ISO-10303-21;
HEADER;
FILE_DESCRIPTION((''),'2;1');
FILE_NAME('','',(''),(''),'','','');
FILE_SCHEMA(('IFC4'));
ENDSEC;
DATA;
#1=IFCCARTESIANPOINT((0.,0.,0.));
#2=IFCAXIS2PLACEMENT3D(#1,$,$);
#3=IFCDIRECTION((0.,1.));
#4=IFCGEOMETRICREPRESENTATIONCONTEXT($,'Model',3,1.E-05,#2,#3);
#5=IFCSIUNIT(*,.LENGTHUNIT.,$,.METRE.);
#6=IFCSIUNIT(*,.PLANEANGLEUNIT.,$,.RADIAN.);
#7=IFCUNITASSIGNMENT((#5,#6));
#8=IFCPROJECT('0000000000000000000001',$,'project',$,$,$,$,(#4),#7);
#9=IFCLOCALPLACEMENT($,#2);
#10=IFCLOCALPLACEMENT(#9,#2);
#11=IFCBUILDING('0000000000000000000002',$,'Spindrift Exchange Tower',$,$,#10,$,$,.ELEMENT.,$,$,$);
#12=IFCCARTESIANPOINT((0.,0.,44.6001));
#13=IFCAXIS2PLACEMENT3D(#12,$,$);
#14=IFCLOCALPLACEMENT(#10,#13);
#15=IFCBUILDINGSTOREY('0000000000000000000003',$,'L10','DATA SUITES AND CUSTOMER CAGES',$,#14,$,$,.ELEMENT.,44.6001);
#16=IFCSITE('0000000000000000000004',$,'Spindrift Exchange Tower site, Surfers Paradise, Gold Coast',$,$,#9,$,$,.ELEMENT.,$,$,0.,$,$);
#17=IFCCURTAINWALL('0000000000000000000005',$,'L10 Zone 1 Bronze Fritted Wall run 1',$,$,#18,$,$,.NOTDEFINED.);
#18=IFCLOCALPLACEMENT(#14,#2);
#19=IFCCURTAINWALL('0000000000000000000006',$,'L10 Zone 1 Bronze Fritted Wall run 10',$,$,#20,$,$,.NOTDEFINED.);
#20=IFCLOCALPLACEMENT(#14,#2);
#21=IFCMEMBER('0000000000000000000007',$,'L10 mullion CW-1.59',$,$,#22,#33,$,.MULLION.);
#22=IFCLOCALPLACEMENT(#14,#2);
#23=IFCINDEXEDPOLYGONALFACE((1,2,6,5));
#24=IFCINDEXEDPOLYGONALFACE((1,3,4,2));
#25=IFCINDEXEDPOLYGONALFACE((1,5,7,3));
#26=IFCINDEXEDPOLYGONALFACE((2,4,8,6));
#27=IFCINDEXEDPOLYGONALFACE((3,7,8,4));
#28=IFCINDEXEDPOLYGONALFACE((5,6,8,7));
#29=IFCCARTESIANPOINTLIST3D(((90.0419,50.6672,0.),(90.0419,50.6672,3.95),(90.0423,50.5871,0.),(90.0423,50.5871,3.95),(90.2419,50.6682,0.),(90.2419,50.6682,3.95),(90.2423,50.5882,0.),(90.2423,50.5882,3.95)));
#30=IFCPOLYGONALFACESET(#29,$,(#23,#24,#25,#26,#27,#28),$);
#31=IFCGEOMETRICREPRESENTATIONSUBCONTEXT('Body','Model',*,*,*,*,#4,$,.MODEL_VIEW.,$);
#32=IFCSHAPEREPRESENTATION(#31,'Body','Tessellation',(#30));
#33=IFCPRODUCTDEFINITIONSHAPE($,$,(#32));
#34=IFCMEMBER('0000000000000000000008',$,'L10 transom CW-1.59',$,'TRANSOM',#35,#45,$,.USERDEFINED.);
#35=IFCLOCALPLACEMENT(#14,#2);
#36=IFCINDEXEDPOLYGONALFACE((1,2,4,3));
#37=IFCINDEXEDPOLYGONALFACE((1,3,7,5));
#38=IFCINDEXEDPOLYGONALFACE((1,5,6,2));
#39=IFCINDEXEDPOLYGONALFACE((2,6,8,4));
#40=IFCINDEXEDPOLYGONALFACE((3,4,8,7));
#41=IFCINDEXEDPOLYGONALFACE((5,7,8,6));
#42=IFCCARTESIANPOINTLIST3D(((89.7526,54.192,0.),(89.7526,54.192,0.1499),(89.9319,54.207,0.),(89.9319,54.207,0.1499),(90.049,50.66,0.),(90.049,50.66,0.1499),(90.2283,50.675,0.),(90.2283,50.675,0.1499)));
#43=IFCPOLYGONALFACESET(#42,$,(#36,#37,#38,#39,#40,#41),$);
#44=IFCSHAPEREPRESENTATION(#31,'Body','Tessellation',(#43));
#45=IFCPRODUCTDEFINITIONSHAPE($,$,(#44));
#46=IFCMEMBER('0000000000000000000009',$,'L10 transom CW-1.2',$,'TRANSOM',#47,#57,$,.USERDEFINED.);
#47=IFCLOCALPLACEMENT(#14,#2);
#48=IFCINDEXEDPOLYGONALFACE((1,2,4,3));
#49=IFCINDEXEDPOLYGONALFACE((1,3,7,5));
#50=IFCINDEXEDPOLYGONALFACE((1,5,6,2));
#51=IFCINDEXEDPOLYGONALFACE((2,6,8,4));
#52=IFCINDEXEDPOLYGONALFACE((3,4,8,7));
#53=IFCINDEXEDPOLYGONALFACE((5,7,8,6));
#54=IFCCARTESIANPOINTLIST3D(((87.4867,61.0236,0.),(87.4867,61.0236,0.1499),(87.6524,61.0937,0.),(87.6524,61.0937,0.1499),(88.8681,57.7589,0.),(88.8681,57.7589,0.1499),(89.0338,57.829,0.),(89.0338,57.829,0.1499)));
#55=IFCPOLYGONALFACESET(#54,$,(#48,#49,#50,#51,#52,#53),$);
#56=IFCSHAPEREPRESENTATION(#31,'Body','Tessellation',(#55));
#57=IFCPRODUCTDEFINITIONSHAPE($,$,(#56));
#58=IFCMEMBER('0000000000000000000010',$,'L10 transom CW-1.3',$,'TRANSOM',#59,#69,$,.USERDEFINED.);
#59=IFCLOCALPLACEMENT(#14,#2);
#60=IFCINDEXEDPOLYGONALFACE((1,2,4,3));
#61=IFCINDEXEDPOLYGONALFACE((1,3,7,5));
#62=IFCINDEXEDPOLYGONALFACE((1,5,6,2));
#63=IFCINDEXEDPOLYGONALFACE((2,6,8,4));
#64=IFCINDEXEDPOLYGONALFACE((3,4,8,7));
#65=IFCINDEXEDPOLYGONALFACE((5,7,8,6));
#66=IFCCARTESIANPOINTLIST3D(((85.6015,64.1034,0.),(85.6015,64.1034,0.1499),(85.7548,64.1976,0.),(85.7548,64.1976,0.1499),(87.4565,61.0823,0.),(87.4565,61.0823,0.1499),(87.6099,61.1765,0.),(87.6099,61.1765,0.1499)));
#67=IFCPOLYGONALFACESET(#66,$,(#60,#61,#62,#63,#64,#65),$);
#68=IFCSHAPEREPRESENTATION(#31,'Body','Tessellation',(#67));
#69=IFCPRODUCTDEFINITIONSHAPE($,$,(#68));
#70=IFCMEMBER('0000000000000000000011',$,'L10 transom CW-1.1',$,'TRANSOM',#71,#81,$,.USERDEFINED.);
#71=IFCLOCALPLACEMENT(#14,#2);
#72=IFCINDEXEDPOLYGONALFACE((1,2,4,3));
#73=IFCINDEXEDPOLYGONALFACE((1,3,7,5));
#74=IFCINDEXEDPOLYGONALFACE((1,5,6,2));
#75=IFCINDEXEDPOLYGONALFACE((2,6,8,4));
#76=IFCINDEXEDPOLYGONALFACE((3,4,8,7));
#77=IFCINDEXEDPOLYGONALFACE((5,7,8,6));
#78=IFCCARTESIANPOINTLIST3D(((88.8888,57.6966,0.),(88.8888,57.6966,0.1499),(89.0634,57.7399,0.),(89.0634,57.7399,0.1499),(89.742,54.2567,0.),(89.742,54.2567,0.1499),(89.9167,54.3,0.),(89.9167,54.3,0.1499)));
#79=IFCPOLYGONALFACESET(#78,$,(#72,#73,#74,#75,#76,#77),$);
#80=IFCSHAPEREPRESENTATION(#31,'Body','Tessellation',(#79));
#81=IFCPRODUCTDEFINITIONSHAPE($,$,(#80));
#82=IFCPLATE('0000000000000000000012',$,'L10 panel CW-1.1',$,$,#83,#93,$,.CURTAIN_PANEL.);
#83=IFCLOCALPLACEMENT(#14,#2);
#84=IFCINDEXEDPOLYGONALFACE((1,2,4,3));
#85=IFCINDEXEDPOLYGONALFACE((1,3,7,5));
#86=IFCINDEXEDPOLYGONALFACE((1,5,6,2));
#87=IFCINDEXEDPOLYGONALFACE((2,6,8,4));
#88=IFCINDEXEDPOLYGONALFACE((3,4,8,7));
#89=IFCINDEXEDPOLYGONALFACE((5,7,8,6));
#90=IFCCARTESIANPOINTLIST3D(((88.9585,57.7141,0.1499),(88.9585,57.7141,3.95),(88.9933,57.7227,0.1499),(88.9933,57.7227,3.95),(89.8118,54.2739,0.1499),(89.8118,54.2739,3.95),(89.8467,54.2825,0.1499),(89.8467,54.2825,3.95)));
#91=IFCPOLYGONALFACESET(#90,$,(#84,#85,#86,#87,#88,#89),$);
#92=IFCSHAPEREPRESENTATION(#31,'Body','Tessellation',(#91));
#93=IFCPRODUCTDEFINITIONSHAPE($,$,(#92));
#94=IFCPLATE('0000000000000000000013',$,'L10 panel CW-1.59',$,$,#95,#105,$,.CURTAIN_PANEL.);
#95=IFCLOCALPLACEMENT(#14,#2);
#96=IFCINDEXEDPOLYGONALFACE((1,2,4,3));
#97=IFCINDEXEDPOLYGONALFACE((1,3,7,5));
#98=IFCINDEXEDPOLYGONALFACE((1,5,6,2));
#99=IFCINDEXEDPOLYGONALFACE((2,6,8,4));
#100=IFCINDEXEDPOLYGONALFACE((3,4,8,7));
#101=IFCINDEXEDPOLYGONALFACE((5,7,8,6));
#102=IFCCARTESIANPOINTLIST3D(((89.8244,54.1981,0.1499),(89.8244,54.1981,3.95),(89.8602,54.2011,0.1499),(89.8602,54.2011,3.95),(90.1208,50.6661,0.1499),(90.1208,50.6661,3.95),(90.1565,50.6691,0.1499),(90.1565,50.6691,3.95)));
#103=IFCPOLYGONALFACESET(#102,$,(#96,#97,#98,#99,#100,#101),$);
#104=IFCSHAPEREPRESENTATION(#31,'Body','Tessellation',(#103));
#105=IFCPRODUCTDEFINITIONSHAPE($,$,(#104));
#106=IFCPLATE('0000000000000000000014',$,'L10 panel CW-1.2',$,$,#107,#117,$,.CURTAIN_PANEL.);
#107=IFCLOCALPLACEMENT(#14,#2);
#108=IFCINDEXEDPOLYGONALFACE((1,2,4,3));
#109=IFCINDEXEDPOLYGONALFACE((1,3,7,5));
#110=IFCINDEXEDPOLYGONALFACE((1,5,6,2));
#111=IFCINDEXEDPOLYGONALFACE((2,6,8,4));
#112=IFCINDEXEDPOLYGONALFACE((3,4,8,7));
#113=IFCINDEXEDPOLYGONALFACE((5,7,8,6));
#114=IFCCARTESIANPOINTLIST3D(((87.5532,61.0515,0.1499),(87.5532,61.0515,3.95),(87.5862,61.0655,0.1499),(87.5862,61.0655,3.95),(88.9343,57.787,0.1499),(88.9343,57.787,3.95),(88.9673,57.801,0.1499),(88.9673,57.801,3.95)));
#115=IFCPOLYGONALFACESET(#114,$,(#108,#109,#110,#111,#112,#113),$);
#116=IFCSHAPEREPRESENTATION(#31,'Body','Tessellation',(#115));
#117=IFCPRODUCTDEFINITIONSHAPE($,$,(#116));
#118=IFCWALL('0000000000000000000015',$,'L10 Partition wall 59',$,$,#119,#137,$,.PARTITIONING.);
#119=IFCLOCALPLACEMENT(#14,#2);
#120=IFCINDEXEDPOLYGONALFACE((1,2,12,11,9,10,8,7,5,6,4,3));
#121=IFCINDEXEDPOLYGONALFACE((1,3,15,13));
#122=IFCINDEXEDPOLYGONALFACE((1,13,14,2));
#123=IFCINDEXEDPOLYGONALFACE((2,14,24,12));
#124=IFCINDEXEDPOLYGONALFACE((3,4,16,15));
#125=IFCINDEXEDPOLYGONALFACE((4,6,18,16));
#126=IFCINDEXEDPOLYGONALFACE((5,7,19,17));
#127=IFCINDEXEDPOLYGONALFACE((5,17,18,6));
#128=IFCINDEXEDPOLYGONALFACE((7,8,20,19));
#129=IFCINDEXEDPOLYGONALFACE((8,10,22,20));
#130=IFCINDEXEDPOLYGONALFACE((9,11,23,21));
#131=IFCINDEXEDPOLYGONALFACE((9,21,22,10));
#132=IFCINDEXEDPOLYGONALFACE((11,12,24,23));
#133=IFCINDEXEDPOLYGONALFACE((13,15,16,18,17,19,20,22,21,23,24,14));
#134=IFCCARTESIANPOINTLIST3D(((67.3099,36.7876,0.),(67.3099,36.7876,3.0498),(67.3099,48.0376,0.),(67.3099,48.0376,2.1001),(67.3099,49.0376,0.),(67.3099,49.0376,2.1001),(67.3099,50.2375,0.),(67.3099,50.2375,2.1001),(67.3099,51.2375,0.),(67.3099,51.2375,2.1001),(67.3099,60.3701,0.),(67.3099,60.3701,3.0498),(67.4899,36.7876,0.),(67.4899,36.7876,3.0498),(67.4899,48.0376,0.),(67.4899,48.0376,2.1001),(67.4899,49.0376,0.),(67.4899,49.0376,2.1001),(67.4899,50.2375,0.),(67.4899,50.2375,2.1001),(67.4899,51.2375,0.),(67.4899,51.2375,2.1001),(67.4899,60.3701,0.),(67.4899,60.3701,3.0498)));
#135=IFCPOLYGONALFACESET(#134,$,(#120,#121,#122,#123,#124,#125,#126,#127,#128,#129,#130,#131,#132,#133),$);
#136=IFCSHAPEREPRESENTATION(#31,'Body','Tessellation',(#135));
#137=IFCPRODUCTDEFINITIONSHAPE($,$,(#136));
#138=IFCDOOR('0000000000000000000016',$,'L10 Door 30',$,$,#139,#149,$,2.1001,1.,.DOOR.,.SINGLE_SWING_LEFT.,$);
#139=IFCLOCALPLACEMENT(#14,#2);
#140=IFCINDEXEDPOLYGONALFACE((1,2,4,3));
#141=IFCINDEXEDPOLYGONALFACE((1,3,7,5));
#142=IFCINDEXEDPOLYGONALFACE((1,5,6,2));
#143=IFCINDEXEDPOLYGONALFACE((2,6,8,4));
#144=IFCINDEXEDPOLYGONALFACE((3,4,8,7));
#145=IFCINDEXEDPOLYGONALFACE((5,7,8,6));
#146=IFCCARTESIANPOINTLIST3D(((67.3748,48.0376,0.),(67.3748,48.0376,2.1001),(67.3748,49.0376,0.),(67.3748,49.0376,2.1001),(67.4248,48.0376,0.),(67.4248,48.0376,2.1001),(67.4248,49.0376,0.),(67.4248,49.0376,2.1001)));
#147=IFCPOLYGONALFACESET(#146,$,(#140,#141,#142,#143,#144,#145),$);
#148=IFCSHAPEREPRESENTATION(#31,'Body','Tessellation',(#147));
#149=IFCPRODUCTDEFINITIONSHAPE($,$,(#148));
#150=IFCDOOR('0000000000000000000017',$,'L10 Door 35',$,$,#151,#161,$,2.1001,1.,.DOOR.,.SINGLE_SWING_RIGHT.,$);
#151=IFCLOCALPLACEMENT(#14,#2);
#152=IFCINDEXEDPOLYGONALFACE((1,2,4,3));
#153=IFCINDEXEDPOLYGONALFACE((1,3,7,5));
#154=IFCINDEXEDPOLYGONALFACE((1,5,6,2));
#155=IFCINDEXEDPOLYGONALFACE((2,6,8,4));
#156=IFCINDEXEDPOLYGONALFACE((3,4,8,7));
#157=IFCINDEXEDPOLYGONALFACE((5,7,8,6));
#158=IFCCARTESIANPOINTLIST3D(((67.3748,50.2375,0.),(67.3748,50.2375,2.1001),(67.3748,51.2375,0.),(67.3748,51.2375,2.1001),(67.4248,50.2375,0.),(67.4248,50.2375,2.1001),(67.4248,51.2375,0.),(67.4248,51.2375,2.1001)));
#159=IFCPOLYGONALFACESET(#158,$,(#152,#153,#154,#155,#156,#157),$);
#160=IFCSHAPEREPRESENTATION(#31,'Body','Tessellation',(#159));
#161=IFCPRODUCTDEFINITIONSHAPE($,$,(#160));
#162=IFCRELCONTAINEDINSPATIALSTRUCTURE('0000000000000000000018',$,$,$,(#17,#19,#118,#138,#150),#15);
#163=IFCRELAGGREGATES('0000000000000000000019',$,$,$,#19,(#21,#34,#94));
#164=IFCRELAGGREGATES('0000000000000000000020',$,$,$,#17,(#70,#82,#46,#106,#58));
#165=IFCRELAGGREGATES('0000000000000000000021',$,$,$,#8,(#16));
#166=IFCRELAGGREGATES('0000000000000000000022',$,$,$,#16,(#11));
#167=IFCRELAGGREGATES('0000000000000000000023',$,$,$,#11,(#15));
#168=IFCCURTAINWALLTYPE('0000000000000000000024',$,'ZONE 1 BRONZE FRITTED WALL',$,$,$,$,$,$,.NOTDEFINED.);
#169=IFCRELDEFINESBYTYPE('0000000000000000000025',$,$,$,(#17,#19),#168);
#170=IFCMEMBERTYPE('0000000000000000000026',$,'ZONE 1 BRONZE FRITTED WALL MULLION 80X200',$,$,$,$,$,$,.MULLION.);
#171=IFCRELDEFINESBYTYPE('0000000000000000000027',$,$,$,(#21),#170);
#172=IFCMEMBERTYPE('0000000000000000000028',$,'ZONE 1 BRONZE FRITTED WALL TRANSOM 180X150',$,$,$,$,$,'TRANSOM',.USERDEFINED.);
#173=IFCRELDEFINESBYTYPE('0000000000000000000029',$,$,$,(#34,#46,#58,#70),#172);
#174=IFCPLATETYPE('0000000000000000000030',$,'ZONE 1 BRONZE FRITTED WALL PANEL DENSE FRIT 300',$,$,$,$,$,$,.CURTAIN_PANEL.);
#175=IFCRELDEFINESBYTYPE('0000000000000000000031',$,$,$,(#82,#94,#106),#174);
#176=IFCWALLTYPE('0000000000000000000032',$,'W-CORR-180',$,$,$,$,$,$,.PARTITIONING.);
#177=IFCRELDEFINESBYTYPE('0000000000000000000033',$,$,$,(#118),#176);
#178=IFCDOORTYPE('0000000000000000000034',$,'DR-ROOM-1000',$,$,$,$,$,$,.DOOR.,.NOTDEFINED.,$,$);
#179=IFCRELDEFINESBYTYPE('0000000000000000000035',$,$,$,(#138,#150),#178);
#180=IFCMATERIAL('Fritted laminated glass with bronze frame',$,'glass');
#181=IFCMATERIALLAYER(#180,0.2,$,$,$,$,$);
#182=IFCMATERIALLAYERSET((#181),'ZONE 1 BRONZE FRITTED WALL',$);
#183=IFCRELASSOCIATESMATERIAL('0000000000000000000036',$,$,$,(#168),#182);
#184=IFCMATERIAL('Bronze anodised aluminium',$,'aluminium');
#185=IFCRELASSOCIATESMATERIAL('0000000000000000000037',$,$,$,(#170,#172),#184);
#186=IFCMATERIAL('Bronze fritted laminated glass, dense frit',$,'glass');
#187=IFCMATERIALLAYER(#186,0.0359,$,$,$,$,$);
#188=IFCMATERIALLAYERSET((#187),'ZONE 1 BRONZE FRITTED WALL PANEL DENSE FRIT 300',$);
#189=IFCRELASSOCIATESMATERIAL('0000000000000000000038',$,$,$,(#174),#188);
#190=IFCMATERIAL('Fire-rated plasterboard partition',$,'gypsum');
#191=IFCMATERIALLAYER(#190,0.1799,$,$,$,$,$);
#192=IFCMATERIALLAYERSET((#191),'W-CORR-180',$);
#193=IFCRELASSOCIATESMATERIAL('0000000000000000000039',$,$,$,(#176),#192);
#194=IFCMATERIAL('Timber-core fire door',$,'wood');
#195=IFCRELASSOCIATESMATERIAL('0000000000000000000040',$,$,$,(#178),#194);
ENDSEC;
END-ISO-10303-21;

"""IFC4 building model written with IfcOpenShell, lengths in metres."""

from ifc_helpers import new_model, si_unit, direction, frame, frame_2d, origin, origin_2d, place, context, subcontext, project, spatial, rectangle, extrude, source, transform, mapped, material, layer, layer_set, material_profile, profile_set, type_object, element, fill, aggregate, save


model = new_model("IFC4")

# Units and contexts
model_context = context("Model", 3, precision=1e-05, world=origin(), true_north=direction((0.0, 1.0)))
body_context = subcontext(model_context, "Body", "Model", "MODEL_VIEW")
ifc_project = project(units=[si_unit("LENGTHUNIT", "METRE"), si_unit("PLANEANGLEUNIT", "RADIAN")], contexts=[model_context])

# Site, building, storey
site_placement = place(None, origin())
site = spatial("IfcSite", under=ifc_project, at=site_placement, Name="Spindrift Exchange Tower site, Surfers Paradise, Gold Coast", CompositionType="ELEMENT", RefElevation=0.0)
building_placement = place(site_placement, origin())
building = spatial("IfcBuilding", under=site, at=building_placement, Name="Spindrift Exchange Tower", CompositionType="ELEMENT")
storey_placement = place(building_placement, frame((0.0, 0.0, 44.6001)))
storey = spatial("IfcBuildingStorey", under=building, at=storey_placement, Name="L10", Description="DATA SUITES AND CUSTOMER CAGES", CompositionType="ELEMENT", Elevation=44.6001)

# Curtain walls, members
ifc_material_1 = material(Name="Fritted laminated glass with bronze frame", Category="glass")
ifc_layer_1 = layer(ifc_material_1, 0.2)
ifc_layer_set_1 = layer_set([ifc_layer_1], Name="ZONE 1 BRONZE FRITTED WALL")
curtain_wall_type = type_object("IfcCurtainWallType", Name="ZONE 1 BRONZE FRITTED WALL", PredefinedType="NOTDEFINED", material=ifc_layer_set_1)
curtain_wall_1_placement = place(storey_placement, origin())
curtain_wall_1 = element("IfcCurtainWall", 1, at=curtain_wall_1_placement, inside=storey, type_object=curtain_wall_type, Name="L10 Zone 1 Bronze Fritted Wall run 1", PredefinedType="NOTDEFINED")
ifc_material_2 = material(Name="Bronze anodised aluminium", Category="aluminium")
ifc_material_profile_1 = material_profile(ifc_material_2, rectangle(XDim=0.0801, YDim=0.2, at=origin_2d()), Name="ZONE 1 BRONZE FRITTED WALL MULLION 80X200")
ifc_profile_set_1 = profile_set([ifc_material_profile_1], Name="Bronze anodised aluminium")
member_type_1 = type_object("IfcMemberType", Name="ZONE 1 BRONZE FRITTED WALL MULLION 80X200", PredefinedType="MULLION", material=ifc_profile_set_1)
shared_shape_1 = source(origin(), body_context, "Body", "SweptSolid", [
    extrude(rectangle(XDim=0.0801, YDim=0.2, at=origin_2d()), origin(), (0.0, 0.0, 1.0), 3.95),
])
curtain_wall_2_placement = place(storey_placement, origin())
curtain_wall_2 = element("IfcCurtainWall", 2, at=curtain_wall_2_placement, inside=storey, type_object=curtain_wall_type, Name="L10 Zone 1 Bronze Fritted Wall run 10", PredefinedType="NOTDEFINED")
member_1_placement = place(storey_placement, frame((90.1421, 50.6277, 0.0), z_axis=(0.0, 0.0, 1.0), x_axis=(-0.00515, 0.999987, 0.0)))
member_1 = element("IfcMember", 3, at=member_1_placement, type_object=member_type_1, Name="L10 mullion CW-1.59", PredefinedType="MULLION", context=body_context, shape_type="MappedRepresentation", body=[
    mapped(shared_shape_1, transform((0.0, 0.0, 0.0), scale=1.0)),
])
ifc_material_profile_2 = material_profile(ifc_material_2, rectangle(XDim=0.1799, YDim=0.1499, at=origin_2d()), Name="ZONE 1 BRONZE FRITTED WALL TRANSOM 180X150")
ifc_profile_set_2 = profile_set([ifc_material_profile_2], Name="Bronze anodised aluminium")
member_type_2 = type_object("IfcMemberType", Name="ZONE 1 BRONZE FRITTED WALL TRANSOM 180X150", ElementType="TRANSOM", PredefinedType="USERDEFINED", material=ifc_profile_set_2)
shared_shape_2 = source(origin(), body_context, "Body", "SweptSolid", [
    extrude(rectangle(XDim=0.1799, YDim=0.1499, at=origin_2d()), origin(), (0.0, 0.0, 1.0), 3.5444),
])
member_2_placement = place(storey_placement, frame((90.1387, 50.6675, 0.075), z_axis=(-0.083621, 0.996498, 0.0), x_axis=(-0.996498, -0.083621, 0.0)))
member_2 = element("IfcMember", 4, at=member_2_placement, type_object=member_type_2, Name="L10 transom CW-1.59", ObjectType="TRANSOM", PredefinedType="USERDEFINED", context=body_context, shape_type="MappedRepresentation", body=[
    mapped(shared_shape_2, transform((0.0, 0.0, 0.0), scale=1.0)),
])

# Members
shared_shape_3 = source(origin(), body_context, "Body", "SweptSolid", [
    extrude(rectangle(XDim=0.1799, YDim=0.1499, at=origin_2d()), origin(), (0.0, 0.0, 1.0), 3.5449),
])
member_3_placement = place(storey_placement, frame((88.9509, 57.7939, 0.075), z_axis=(-0.389676, 0.920952, 0.0), x_axis=(-0.920952, -0.389676, 0.0)))
member_3 = element("IfcMember", 5, at=member_3_placement, type_object=member_type_2, Name="L10 transom CW-1.2", ObjectType="TRANSOM", PredefinedType="USERDEFINED", context=body_context, shape_type="MappedRepresentation", body=[
    mapped(shared_shape_3, transform((0.0, 0.0, 0.0), scale=1.0)),
])
shared_shape_4 = source(origin(), body_context, "Body", "SweptSolid", [
    extrude(rectangle(XDim=0.1799, YDim=0.1499, at=origin_2d()), origin(), (0.0, 0.0, 1.0), 3.5452),
])
member_4_placement = place(storey_placement, frame((87.5332, 61.1294, 0.075), z_axis=(-0.52326, 0.852173, 0.0), x_axis=(-0.852173, -0.52326, 0.0)))
member_4 = element("IfcMember", 6, at=member_4_placement, type_object=member_type_2, Name="L10 transom CW-1.3", ObjectType="TRANSOM", PredefinedType="USERDEFINED", context=body_context, shape_type="MappedRepresentation", body=[
    mapped(shared_shape_4, transform((0.0, 0.0, 0.0), scale=1.0)),
])
shared_shape_5 = source(origin(), body_context, "Body", "SweptSolid", [
    extrude(rectangle(XDim=0.1799, YDim=0.1499, at=origin_2d()), origin(), (0.0, 0.0, 1.0), 3.5442),
])
member_5_placement = place(storey_placement, frame((89.8293, 54.2783, 0.075), z_axis=(-0.240752, 0.970587, 0.0), x_axis=(-0.970587, -0.240752, 0.0)))
member_5 = element("IfcMember", 7, at=member_5_placement, type_object=member_type_2, Name="L10 transom CW-1.1", ObjectType="TRANSOM", PredefinedType="USERDEFINED", context=body_context, shape_type="MappedRepresentation", body=[
    mapped(shared_shape_5, transform((0.0, 0.0, 0.0), scale=1.0)),
])

# Plates
ifc_material_3 = material(Name="Bronze fritted laminated glass, dense frit", Category="glass")
ifc_layer_2 = layer(ifc_material_3, 0.0359)
ifc_layer_set_2 = layer_set([ifc_layer_2], Name="ZONE 1 BRONZE FRITTED WALL PANEL DENSE FRIT 300")
plate_type = type_object("IfcPlateType", Name="ZONE 1 BRONZE FRITTED WALL PANEL DENSE FRIT 300", PredefinedType="CURTAIN_PANEL", material=ifc_layer_set_2)
shared_shape_6 = source(origin(), body_context, "Body", "SweptSolid", [
    extrude(rectangle(XDim=3.5444, YDim=0.0359, at=origin_2d()), origin(), (0.0, 0.0, 1.0), 3.8),
])
plate_1_placement = place(storey_placement, frame((89.4026, 55.9983, 0.1499), z_axis=(0.0, 0.0, 1.0), x_axis=(-0.240757, 0.970586, 0.0)))
plate_1 = element("IfcPlate", 8, at=plate_1_placement, type_object=plate_type, Name="L10 panel CW-1.1", PredefinedType="CURTAIN_PANEL", context=body_context, shape_type="MappedRepresentation", body=[
    mapped(shared_shape_6, transform((0.0, 0.0, 0.0), scale=1.0)),
])
plate_2_placement = place(storey_placement, frame((89.9905, 52.4336, 0.1499), z_axis=(0.0, 0.0, 1.0), x_axis=(-0.0836, 0.996499, 0.0)))
plate_2 = element("IfcPlate", 9, at=plate_2_placement, type_object=plate_type, Name="L10 panel CW-1.59", PredefinedType="CURTAIN_PANEL", context=body_context, shape_type="MappedRepresentation", body=[
    mapped(shared_shape_6, transform((0.0, 0.0, 0.0), scale=1.0)),
])
aggregate(curtain_wall_2, [member_1, member_2, plate_2])
shared_shape_7 = source(origin(), body_context, "Body", "SweptSolid", [
    extrude(rectangle(XDim=3.5447, YDim=0.0359, at=origin_2d()), origin(), (0.0, 0.0, 1.0), 3.8),
])
plate_3_placement = place(storey_placement, frame((88.2603, 59.4263, 0.1499), z_axis=(0.0, 0.0, 1.0), x_axis=(-0.389637, 0.920969, 0.0)))
plate_3 = element("IfcPlate", 10, at=plate_3_placement, type_object=plate_type, Name="L10 panel CW-1.2", PredefinedType="CURTAIN_PANEL", context=body_context, shape_type="MappedRepresentation", body=[
    mapped(shared_shape_7, transform((0.0, 0.0, 0.0), scale=1.0)),
])
aggregate(curtain_wall_1, [member_5, plate_1, member_3, plate_3, member_4])

# Wall, openings, doors
ifc_material_4 = material(Name="Fire-rated plasterboard partition", Category="gypsum")
ifc_layer_3 = layer(ifc_material_4, 0.1799)
ifc_layer_set_3 = layer_set([ifc_layer_3], Name="W-CORR-180")
wall_type_1 = type_object("IfcWallType", Name="W-CORR-180", PredefinedType="PARTITIONING", material=ifc_layer_set_3)
wall_1_placement = place(storey_placement, frame((67.3999, 60.3701, 0.0), z_axis=(0.0, 0.0, 1.0), x_axis=(0.0, -1.0, 0.0)))
wall_1 = element("IfcWall", 11, at=wall_1_placement, inside=storey, type_object=wall_type_1, Name="L10 Partition wall 59", PredefinedType="PARTITIONING", context=body_context, shape_type="SweptSolid", body=[
    extrude(rectangle(XDim=23.5825, YDim=0.1799, at=frame_2d((11.7913, 0.0))), origin(), (0.0, 0.0, 1.0), 3.0498),
])
opening_1_placement = place(wall_1_placement, frame((11.3325, 0.0, 0.0)))
opening_1 = element("IfcOpeningElement", 12, at=opening_1_placement, cuts=wall_1, PredefinedType="OPENING", context=body_context, shape_type="SweptSolid", body=[
    extrude(rectangle(XDim=1.0, YDim=2.1001, at=frame_2d((0.5, 1.05))), frame((0.0, 0.0999, 0.0), z_axis=(0.0, -1.0, 0.0), x_axis=(1.0, 0.0, 0.0)), (0.0, 0.0, 1.0), 0.2),
])
opening_2_placement = place(wall_1_placement, frame((9.1326, 0.0, 0.0)))
opening_2 = element("IfcOpeningElement", 13, at=opening_2_placement, cuts=wall_1, PredefinedType="OPENING", context=body_context, shape_type="SweptSolid", body=[
    extrude(rectangle(XDim=1.0, YDim=2.1001, at=frame_2d((0.5, 1.05))), frame((0.0, 0.0999, 0.0), z_axis=(0.0, -1.0, 0.0), x_axis=(1.0, 0.0, 0.0)), (0.0, 0.0, 1.0), 0.2),
])
ifc_material_5 = material(Name="Timber-core fire door", Category="wood")
door_type = type_object("IfcDoorType", Name="DR-ROOM-1000", OperationType="NOTDEFINED", PredefinedType="DOOR", material=ifc_material_5)
shared_shape_8 = source(origin(), body_context, "Body", "SweptSolid", [
    extrude(rectangle(XDim=1.0, YDim=2.1001, at=frame_2d((0.5, 1.05))), frame((0.0, 0.0249, 0.0), z_axis=(0.0, -1.0, 0.0), x_axis=(1.0, 0.0, 0.0)), (0.0, 0.0, 1.0), 0.05),
])
door_1_placement = place(opening_1_placement, origin())
door_1 = element("IfcDoor", 14, at=door_1_placement, inside=storey, type_object=door_type, Name="L10 Door 30", OperationType="SINGLE_SWING_LEFT", OverallHeight=2.1001, OverallWidth=1.0, PredefinedType="DOOR", context=body_context, shape_type="MappedRepresentation", body=[
    mapped(shared_shape_8, transform((0.0, 0.0, 0.0), scale=1.0)),
])
fill(opening_1, door_1)
door_2_placement = place(opening_2_placement, origin())
door_2 = element("IfcDoor", 15, at=door_2_placement, inside=storey, type_object=door_type, Name="L10 Door 35", OperationType="SINGLE_SWING_RIGHT", OverallHeight=2.1001, OverallWidth=1.0, PredefinedType="DOOR", context=body_context, shape_type="MappedRepresentation", body=[
    mapped(shared_shape_8, transform((0.0, 0.0, 0.0), scale=1.0)),
])
fill(opening_2, door_2)

save(model, "model.ifc")
